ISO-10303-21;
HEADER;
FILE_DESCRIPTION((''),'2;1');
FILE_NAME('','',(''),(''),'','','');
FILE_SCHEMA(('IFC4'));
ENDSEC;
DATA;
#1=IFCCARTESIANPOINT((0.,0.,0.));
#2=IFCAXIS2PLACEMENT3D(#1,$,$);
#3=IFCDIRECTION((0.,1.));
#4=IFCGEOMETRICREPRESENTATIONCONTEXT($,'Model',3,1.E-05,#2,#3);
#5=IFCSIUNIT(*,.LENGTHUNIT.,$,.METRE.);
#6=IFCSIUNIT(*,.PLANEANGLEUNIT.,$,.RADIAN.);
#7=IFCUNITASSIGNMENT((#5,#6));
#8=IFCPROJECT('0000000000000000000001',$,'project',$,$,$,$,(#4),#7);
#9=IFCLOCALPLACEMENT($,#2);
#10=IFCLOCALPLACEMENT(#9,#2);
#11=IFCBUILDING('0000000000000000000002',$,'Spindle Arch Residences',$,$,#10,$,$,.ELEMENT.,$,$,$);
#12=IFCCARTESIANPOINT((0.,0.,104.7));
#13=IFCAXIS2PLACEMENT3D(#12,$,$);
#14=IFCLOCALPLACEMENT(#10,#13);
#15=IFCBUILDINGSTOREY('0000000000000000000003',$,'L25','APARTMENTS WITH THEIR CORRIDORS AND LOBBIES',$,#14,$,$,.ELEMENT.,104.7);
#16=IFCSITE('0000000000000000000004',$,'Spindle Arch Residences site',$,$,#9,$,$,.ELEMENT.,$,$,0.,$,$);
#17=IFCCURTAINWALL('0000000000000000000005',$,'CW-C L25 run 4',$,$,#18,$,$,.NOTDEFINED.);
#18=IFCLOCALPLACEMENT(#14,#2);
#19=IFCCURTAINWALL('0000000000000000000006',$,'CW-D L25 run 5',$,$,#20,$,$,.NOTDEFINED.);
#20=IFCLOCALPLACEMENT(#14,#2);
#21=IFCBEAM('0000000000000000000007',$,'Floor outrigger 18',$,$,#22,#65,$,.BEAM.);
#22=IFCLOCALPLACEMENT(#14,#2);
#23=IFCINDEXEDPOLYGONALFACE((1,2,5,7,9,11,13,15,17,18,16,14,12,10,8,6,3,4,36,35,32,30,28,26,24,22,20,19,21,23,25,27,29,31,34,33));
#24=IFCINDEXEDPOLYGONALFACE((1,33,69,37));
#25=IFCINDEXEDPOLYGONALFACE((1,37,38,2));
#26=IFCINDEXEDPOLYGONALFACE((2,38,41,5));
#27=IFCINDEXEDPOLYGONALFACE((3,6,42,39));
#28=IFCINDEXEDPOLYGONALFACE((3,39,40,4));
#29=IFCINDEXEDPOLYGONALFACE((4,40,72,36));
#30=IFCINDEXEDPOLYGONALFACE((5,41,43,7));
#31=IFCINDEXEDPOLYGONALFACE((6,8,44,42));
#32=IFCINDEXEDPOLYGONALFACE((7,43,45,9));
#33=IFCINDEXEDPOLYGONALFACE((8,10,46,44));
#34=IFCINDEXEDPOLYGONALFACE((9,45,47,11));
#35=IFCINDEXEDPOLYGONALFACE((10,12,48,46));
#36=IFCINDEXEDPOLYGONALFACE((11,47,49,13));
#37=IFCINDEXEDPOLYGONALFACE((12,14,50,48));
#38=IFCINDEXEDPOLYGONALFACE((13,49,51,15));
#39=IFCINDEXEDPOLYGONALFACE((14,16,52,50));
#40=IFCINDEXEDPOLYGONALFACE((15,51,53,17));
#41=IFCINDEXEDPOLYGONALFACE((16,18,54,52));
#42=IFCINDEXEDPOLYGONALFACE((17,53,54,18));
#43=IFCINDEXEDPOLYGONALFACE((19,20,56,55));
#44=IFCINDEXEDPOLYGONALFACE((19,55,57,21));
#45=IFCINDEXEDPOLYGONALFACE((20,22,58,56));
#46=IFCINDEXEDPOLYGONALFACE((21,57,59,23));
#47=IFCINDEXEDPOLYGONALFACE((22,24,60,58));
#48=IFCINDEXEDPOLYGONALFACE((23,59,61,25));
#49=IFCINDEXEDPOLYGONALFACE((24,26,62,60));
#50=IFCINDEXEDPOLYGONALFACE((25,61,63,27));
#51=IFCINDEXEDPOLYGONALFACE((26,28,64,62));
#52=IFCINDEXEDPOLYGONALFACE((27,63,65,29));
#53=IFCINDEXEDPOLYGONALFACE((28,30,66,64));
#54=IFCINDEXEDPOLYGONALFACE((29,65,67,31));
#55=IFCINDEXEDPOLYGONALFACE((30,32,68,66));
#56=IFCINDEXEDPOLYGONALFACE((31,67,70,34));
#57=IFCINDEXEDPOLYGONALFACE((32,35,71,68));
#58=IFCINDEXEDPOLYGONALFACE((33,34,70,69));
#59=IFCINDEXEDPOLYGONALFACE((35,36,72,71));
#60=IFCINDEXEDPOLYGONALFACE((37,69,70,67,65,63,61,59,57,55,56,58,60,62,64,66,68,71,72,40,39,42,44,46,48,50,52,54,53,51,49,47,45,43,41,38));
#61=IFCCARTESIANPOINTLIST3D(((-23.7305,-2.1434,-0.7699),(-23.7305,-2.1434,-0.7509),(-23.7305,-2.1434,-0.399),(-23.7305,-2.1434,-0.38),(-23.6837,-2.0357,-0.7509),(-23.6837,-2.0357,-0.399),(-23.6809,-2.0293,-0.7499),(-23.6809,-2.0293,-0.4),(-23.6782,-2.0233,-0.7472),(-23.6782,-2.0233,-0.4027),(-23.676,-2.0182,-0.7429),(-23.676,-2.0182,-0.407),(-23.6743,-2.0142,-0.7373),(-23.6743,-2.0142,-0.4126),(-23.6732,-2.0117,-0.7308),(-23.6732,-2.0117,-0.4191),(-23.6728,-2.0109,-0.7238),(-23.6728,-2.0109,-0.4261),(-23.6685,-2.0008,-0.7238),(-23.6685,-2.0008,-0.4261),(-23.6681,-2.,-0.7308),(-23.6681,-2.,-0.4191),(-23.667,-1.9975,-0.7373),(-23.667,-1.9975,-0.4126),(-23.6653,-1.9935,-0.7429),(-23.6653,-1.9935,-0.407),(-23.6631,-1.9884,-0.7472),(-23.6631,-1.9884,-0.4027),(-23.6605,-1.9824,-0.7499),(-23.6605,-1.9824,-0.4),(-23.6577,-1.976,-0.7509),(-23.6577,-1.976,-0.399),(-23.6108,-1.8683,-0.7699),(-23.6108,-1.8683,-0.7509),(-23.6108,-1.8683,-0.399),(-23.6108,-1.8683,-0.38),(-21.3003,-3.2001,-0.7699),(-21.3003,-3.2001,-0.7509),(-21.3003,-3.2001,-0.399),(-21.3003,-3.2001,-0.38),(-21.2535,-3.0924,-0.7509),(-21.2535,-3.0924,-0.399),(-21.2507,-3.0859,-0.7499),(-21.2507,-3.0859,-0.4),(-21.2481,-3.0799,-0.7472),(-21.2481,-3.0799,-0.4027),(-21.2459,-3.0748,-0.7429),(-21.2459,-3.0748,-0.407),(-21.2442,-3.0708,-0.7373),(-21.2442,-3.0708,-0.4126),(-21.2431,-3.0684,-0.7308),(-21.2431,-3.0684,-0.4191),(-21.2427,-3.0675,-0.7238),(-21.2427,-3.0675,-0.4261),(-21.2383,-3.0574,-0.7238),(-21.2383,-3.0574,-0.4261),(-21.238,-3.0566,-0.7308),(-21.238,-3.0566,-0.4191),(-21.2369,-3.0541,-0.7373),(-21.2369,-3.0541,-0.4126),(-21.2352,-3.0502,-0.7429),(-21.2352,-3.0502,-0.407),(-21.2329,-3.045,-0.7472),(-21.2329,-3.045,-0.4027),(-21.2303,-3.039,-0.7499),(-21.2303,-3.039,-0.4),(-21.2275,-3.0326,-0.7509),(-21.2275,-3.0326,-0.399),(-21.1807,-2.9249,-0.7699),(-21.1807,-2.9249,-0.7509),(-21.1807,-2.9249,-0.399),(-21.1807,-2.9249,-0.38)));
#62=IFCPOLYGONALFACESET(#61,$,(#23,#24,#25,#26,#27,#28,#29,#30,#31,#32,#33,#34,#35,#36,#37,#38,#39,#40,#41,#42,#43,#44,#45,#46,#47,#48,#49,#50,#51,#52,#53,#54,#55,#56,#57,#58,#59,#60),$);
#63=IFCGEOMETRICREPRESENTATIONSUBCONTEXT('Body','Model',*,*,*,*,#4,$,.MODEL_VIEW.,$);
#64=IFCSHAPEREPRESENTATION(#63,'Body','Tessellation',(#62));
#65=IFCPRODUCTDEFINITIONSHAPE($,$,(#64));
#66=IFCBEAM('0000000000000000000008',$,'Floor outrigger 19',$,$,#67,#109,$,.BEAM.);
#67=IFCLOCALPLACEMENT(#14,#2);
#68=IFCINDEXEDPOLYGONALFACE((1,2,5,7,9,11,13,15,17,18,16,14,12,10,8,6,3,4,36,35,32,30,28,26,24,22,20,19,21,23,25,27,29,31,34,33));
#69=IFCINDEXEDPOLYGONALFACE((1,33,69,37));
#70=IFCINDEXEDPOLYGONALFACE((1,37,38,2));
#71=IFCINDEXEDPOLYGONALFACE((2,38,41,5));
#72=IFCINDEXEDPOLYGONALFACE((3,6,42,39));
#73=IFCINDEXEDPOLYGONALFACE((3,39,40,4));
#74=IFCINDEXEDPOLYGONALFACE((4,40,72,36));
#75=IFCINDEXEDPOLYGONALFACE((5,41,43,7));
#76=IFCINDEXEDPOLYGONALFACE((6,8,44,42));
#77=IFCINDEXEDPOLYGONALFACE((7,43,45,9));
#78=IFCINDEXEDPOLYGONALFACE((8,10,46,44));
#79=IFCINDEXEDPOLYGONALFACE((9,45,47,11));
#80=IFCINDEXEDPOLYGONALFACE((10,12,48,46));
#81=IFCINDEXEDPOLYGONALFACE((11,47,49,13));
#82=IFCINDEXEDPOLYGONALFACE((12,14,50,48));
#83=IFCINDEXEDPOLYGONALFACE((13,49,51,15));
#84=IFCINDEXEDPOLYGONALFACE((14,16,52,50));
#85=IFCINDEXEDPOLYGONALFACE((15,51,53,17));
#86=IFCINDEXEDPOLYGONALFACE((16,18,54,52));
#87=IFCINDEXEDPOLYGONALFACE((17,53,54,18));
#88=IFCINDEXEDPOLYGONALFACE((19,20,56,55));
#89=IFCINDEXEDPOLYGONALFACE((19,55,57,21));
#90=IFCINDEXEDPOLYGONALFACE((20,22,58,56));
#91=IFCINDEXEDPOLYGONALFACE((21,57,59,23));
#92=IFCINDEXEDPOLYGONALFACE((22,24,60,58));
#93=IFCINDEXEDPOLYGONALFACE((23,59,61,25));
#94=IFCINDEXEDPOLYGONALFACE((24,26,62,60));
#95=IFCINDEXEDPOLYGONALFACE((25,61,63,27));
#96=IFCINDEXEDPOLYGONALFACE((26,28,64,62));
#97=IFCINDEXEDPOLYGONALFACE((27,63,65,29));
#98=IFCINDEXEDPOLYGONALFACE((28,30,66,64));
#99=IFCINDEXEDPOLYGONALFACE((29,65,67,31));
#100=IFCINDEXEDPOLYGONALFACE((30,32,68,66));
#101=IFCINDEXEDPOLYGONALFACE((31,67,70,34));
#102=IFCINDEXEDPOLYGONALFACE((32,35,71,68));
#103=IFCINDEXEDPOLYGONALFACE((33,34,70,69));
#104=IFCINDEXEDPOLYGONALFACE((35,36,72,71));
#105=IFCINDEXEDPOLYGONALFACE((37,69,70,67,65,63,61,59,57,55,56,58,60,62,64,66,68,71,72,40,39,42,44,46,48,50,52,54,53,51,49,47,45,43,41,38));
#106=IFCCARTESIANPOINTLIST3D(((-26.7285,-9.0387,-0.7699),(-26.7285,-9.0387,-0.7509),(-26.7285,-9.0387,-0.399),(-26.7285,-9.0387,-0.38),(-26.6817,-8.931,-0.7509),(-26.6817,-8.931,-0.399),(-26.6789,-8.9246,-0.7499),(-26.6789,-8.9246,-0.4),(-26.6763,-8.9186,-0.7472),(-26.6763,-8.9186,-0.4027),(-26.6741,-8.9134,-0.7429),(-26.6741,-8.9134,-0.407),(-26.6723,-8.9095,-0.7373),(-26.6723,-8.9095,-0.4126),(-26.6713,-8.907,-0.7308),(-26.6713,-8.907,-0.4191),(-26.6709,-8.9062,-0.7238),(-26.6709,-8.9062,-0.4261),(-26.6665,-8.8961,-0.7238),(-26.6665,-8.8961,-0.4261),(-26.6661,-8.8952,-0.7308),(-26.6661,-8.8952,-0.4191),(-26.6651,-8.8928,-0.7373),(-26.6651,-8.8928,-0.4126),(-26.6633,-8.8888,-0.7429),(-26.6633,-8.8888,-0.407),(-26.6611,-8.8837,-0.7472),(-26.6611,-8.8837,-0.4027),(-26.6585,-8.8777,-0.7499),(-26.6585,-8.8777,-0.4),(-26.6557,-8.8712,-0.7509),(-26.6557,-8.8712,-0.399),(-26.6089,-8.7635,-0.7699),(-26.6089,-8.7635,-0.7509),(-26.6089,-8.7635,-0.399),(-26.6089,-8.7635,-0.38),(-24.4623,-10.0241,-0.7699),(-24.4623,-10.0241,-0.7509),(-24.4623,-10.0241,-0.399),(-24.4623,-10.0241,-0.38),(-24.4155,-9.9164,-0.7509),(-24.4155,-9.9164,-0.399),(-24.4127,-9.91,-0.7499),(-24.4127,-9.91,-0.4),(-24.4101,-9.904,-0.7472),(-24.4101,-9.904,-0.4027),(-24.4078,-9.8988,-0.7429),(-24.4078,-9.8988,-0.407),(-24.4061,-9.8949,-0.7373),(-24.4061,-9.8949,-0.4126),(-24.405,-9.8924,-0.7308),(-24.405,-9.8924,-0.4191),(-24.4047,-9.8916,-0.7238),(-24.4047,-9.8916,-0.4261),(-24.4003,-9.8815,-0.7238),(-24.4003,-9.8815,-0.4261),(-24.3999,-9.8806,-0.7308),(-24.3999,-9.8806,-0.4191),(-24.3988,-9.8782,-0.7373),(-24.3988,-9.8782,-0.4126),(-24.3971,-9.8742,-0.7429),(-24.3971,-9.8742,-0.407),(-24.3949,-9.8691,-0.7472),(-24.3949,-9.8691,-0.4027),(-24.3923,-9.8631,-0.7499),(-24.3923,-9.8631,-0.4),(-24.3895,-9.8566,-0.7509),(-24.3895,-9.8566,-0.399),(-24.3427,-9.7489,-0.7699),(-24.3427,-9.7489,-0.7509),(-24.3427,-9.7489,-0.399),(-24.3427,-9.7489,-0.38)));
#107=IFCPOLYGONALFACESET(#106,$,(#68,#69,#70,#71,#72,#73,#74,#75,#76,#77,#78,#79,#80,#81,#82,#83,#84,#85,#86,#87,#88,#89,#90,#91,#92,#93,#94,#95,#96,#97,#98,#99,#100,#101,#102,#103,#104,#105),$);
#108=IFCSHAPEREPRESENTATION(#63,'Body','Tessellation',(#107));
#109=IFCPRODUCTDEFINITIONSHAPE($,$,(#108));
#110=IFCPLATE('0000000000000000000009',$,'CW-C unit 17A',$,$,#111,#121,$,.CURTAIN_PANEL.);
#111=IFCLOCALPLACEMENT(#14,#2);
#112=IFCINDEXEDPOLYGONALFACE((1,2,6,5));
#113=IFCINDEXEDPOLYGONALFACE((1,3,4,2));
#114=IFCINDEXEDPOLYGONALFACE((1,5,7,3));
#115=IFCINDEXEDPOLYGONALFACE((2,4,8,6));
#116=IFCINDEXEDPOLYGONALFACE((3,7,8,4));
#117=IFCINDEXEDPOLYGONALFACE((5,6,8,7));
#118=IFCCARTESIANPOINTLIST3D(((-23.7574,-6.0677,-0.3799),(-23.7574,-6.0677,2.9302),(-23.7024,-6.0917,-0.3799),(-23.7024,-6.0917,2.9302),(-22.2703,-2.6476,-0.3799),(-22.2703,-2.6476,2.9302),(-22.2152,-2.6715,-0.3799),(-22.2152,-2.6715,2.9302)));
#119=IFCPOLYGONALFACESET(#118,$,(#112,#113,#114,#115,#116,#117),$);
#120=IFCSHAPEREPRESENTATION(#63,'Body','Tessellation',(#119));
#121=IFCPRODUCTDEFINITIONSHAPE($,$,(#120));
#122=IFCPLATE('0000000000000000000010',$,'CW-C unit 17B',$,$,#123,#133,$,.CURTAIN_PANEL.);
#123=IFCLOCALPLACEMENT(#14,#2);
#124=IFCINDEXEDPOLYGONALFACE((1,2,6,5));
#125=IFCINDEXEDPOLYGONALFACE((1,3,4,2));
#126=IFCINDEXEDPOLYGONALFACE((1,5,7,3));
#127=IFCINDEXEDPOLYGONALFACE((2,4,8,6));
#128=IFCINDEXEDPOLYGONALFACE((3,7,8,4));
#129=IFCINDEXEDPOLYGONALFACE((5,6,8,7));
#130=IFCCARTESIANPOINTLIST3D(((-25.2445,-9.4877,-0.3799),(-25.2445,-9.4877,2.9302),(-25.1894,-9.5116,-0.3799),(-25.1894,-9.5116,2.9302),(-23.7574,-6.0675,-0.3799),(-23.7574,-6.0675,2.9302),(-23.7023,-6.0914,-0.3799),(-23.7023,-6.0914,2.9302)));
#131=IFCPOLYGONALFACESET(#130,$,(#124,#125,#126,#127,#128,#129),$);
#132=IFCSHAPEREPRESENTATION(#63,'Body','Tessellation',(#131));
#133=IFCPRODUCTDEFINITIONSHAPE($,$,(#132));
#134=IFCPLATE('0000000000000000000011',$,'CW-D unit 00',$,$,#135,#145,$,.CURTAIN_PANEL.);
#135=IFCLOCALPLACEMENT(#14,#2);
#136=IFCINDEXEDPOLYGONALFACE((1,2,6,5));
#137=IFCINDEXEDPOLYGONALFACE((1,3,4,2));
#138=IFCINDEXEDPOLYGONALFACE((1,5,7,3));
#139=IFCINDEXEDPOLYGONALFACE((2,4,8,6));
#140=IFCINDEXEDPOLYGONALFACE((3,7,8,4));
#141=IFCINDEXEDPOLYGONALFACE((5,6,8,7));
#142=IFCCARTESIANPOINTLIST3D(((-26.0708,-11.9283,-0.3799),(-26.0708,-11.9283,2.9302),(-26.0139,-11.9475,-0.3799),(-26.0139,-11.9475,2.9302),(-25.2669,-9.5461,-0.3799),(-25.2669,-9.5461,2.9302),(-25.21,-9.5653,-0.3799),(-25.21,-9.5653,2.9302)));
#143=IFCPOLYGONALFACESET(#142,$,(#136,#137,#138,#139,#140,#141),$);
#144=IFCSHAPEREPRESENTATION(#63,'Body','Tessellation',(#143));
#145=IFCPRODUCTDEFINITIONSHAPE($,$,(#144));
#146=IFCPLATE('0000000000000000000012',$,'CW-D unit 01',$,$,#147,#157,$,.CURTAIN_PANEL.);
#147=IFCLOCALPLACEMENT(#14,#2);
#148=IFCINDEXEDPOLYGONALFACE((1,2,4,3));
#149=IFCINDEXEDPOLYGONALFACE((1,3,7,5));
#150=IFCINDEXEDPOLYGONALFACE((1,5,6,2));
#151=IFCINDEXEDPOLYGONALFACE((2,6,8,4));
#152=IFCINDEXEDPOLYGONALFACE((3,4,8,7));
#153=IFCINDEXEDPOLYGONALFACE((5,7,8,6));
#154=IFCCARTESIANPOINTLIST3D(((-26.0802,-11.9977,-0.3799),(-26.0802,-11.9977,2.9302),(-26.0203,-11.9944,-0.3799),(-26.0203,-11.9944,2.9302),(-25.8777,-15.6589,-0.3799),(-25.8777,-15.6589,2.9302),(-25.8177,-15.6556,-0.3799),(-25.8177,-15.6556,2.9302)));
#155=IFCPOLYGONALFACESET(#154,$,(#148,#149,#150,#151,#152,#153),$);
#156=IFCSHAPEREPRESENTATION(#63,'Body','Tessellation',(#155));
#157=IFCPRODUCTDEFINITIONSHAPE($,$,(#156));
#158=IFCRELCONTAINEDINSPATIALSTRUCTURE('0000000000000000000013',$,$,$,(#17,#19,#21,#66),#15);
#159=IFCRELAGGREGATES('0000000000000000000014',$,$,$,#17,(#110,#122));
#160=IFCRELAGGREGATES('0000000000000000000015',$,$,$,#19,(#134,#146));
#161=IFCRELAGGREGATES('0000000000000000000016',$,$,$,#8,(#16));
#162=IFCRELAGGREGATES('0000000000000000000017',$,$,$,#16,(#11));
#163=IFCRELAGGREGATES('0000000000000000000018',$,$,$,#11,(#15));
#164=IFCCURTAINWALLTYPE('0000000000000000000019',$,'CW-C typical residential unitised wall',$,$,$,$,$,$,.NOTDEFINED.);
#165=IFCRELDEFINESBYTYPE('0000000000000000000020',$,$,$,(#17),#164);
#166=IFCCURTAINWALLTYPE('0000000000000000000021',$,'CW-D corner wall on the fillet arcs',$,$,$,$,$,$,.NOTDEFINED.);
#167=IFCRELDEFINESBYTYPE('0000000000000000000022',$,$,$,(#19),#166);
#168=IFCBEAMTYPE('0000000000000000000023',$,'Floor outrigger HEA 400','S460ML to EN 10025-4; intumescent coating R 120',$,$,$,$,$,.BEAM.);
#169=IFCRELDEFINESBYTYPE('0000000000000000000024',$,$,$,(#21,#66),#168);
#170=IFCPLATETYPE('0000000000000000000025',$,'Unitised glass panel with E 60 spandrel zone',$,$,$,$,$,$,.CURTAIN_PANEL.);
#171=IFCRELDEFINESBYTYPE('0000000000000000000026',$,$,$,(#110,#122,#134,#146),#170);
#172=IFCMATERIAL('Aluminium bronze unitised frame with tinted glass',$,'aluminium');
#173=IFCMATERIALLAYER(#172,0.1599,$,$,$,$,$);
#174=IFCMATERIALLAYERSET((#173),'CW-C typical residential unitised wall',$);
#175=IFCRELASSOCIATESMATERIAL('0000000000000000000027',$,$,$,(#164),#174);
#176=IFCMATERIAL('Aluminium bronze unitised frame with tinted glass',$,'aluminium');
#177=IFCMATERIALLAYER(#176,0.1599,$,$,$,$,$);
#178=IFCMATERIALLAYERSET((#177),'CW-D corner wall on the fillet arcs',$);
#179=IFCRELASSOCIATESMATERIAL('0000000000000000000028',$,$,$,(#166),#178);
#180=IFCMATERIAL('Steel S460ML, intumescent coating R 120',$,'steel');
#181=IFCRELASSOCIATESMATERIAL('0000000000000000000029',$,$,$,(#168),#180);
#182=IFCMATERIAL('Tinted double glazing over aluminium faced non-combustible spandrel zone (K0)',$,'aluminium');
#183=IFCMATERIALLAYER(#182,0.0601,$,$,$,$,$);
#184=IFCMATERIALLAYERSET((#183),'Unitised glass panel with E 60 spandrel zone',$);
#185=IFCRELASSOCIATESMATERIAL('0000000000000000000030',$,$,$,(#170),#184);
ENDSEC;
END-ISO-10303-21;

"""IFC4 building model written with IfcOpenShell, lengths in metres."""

from ifc_helpers import new_model, si_unit, direction, frame, origin, origin_2d, place, context, subcontext, project, spatial, rectangle, i_section, extrude, material, layer, layer_set, material_profile, profile_set, type_object, element, aggregate, save


model = new_model("IFC4")

# Units and contexts
model_context = context("Model", 3, precision=1e-05, world=origin(), true_north=direction((0.0, 1.0)))
body_context = subcontext(model_context, "Body", "Model", "MODEL_VIEW")
ifc_project = project(units=[si_unit("LENGTHUNIT", "METRE"), si_unit("PLANEANGLEUNIT", "RADIAN")], contexts=[model_context])

# Site, building, storey
site_placement = place(None, origin())
site = spatial("IfcSite", under=ifc_project, at=site_placement, Name="Spindle Arch Residences site", CompositionType="ELEMENT", RefElevation=0.0)
building_placement = place(site_placement, origin())
building = spatial("IfcBuilding", under=site, at=building_placement, Name="Spindle Arch Residences", CompositionType="ELEMENT")
storey_placement = place(building_placement, frame((0.0, 0.0, 104.7)))
storey = spatial("IfcBuildingStorey", under=building, at=storey_placement, Name="L25", Description="APARTMENTS WITH THEIR CORRIDORS AND LOBBIES", CompositionType="ELEMENT", Elevation=104.7)

# Curtain wall
ifc_material_1 = material(Name="Aluminium bronze unitised frame with tinted glass", Category="aluminium")
ifc_layer_1 = layer(ifc_material_1, 0.1599)
ifc_layer_set_1 = layer_set([ifc_layer_1], Name="CW-C typical residential unitised wall")
curtain_wall_type_1 = type_object("IfcCurtainWallType", Name="CW-C typical residential unitised wall", PredefinedType="NOTDEFINED", material=ifc_layer_set_1)
curtain_wall_1_placement = place(storey_placement, origin())
curtain_wall_1 = element("IfcCurtainWall", 1, at=curtain_wall_1_placement, inside=storey, type_object=curtain_wall_type_1, Name="CW-C L25 run 4", PredefinedType="NOTDEFINED")

# Curtain wall
ifc_material_2 = material(Name="Aluminium bronze unitised frame with tinted glass", Category="aluminium")
ifc_layer_2 = layer(ifc_material_2, 0.1599)
ifc_layer_set_2 = layer_set([ifc_layer_2], Name="CW-D corner wall on the fillet arcs")
curtain_wall_type_2 = type_object("IfcCurtainWallType", Name="CW-D corner wall on the fillet arcs", PredefinedType="NOTDEFINED", material=ifc_layer_set_2)
curtain_wall_2_placement = place(storey_placement, origin())
curtain_wall_2 = element("IfcCurtainWall", 2, at=curtain_wall_2_placement, inside=storey, type_object=curtain_wall_type_2, Name="CW-D L25 run 5", PredefinedType="NOTDEFINED")

# Beams
ifc_material_3 = material(Name="Steel S460ML, intumescent coating R 120", Category="steel")
ifc_material_profile_1 = material_profile(ifc_material_3, i_section(OverallWidth=0.3, OverallDepth=0.3899, WebThickness=0.011, FlangeThickness=0.019, FilletRadius=0.0271, at=origin_2d()), Name="HEA 400")
ifc_profile_set_1 = profile_set([ifc_material_profile_1], Name="Steel S460ML, intumescent coating R 120")
beam_type_1 = type_object("IfcBeamType", Name="Floor outrigger HEA 400", Description="S460ML to EN 10025-4; intumescent coating R 120", PredefinedType="BEAM", material=ifc_profile_set_1)
beam_1_placement = place(storey_placement, frame((-23.6707, -2.0059, -0.575), z_axis=(0.917064, -0.39874, 0.0), x_axis=(0.39874, 0.917064, 0.0)))
element("IfcBeam", 3, at=beam_1_placement, inside=storey, type_object=beam_type_1, Name="Floor outrigger 18", PredefinedType="BEAM", context=body_context, shape_type="SweptSolid", body=[
    extrude(i_section(OverallWidth=0.3, OverallDepth=0.3899, WebThickness=0.011, FlangeThickness=0.019, FilletRadius=0.0271, at=origin_2d()), origin(), (0.0, 0.0, 1.0), 2.6499),
])
beam_2_placement = place(storey_placement, frame((-26.6687, -8.9011, -0.575), z_axis=(0.917057, -0.398755, 0.0), x_axis=(0.398755, 0.917057, 0.0)))
element("IfcBeam", 4, at=beam_2_placement, inside=storey, type_object=beam_type_1, Name="Floor outrigger 19", PredefinedType="BEAM", context=body_context, shape_type="SweptSolid", body=[
    extrude(i_section(OverallWidth=0.3, OverallDepth=0.3899, WebThickness=0.011, FlangeThickness=0.019, FilletRadius=0.0271, at=origin_2d()), origin(), (0.0, 0.0, 1.0), 2.4712),
])

# Plates
ifc_material_4 = material(Name="Tinted double glazing over aluminium faced non-combustible spandrel zone (K0)", Category="aluminium")
ifc_layer_3 = layer(ifc_material_4, 0.0601)
ifc_layer_set_3 = layer_set([ifc_layer_3], Name="Unitised glass panel with E 60 spandrel zone")
plate_type = type_object("IfcPlateType", Name="Unitised glass panel with E 60 spandrel zone", PredefinedType="CURTAIN_PANEL", material=ifc_layer_set_3)
plate_1_placement = place(storey_placement, frame((-22.9863, -4.3696, -0.3799), z_axis=(0.0, 0.0, 1.0), x_axis=(-0.398749, -0.91706, 0.0)))
plate_1 = element("IfcPlate", 5, at=plate_1_placement, type_object=plate_type, Name="CW-C unit 17A", PredefinedType="CURTAIN_PANEL", context=body_context, shape_type="SweptSolid", body=[
    extrude(rectangle(XDim=3.7295, YDim=0.0601, at=origin_2d()), origin(), (0.0, 0.0, 1.0), 3.3101),
])
plate_2_placement = place(storey_placement, frame((-24.4734, -7.7896, -0.3799), z_axis=(0.0, 0.0, 1.0), x_axis=(-0.398749, -0.91706, 0.0)))
plate_2 = element("IfcPlate", 6, at=plate_2_placement, type_object=plate_type, Name="CW-C unit 17B", PredefinedType="CURTAIN_PANEL", context=body_context, shape_type="SweptSolid", body=[
    extrude(rectangle(XDim=3.7295, YDim=0.0601, at=origin_2d()), origin(), (0.0, 0.0, 1.0), 3.3101),
])
aggregate(curtain_wall_1, [plate_1, plate_2])
plate_3_placement = place(storey_placement, frame((-25.6404, -10.7468, -0.3799), z_axis=(0.0, 0.0, 1.0), x_axis=(-0.319727, -0.94751, 0.0)))
plate_3 = element("IfcPlate", 7, at=plate_3_placement, type_object=plate_type, Name="CW-D unit 00", PredefinedType="CURTAIN_PANEL", context=body_context, shape_type="SweptSolid", body=[
    extrude(rectangle(XDim=2.5142, YDim=0.0601, at=origin_2d()), origin(), (0.0, 0.0, 1.0), 3.3101),
])
plate_4_placement = place(storey_placement, frame((-25.949, -13.8267, -0.3799), z_axis=(0.0, 0.0, 1.0), x_axis=(0.055241, -0.998473, 0.0)))
plate_4 = element("IfcPlate", 8, at=plate_4_placement, type_object=plate_type, Name="CW-D unit 01", PredefinedType="CURTAIN_PANEL", context=body_context, shape_type="SweptSolid", body=[
    extrude(rectangle(XDim=3.6667, YDim=0.0601, at=origin_2d()), origin(), (0.0, 0.0, 1.0), 3.3101),
])
aggregate(curtain_wall_2, [plate_3, plate_4])

save(model, "model.ifc")
